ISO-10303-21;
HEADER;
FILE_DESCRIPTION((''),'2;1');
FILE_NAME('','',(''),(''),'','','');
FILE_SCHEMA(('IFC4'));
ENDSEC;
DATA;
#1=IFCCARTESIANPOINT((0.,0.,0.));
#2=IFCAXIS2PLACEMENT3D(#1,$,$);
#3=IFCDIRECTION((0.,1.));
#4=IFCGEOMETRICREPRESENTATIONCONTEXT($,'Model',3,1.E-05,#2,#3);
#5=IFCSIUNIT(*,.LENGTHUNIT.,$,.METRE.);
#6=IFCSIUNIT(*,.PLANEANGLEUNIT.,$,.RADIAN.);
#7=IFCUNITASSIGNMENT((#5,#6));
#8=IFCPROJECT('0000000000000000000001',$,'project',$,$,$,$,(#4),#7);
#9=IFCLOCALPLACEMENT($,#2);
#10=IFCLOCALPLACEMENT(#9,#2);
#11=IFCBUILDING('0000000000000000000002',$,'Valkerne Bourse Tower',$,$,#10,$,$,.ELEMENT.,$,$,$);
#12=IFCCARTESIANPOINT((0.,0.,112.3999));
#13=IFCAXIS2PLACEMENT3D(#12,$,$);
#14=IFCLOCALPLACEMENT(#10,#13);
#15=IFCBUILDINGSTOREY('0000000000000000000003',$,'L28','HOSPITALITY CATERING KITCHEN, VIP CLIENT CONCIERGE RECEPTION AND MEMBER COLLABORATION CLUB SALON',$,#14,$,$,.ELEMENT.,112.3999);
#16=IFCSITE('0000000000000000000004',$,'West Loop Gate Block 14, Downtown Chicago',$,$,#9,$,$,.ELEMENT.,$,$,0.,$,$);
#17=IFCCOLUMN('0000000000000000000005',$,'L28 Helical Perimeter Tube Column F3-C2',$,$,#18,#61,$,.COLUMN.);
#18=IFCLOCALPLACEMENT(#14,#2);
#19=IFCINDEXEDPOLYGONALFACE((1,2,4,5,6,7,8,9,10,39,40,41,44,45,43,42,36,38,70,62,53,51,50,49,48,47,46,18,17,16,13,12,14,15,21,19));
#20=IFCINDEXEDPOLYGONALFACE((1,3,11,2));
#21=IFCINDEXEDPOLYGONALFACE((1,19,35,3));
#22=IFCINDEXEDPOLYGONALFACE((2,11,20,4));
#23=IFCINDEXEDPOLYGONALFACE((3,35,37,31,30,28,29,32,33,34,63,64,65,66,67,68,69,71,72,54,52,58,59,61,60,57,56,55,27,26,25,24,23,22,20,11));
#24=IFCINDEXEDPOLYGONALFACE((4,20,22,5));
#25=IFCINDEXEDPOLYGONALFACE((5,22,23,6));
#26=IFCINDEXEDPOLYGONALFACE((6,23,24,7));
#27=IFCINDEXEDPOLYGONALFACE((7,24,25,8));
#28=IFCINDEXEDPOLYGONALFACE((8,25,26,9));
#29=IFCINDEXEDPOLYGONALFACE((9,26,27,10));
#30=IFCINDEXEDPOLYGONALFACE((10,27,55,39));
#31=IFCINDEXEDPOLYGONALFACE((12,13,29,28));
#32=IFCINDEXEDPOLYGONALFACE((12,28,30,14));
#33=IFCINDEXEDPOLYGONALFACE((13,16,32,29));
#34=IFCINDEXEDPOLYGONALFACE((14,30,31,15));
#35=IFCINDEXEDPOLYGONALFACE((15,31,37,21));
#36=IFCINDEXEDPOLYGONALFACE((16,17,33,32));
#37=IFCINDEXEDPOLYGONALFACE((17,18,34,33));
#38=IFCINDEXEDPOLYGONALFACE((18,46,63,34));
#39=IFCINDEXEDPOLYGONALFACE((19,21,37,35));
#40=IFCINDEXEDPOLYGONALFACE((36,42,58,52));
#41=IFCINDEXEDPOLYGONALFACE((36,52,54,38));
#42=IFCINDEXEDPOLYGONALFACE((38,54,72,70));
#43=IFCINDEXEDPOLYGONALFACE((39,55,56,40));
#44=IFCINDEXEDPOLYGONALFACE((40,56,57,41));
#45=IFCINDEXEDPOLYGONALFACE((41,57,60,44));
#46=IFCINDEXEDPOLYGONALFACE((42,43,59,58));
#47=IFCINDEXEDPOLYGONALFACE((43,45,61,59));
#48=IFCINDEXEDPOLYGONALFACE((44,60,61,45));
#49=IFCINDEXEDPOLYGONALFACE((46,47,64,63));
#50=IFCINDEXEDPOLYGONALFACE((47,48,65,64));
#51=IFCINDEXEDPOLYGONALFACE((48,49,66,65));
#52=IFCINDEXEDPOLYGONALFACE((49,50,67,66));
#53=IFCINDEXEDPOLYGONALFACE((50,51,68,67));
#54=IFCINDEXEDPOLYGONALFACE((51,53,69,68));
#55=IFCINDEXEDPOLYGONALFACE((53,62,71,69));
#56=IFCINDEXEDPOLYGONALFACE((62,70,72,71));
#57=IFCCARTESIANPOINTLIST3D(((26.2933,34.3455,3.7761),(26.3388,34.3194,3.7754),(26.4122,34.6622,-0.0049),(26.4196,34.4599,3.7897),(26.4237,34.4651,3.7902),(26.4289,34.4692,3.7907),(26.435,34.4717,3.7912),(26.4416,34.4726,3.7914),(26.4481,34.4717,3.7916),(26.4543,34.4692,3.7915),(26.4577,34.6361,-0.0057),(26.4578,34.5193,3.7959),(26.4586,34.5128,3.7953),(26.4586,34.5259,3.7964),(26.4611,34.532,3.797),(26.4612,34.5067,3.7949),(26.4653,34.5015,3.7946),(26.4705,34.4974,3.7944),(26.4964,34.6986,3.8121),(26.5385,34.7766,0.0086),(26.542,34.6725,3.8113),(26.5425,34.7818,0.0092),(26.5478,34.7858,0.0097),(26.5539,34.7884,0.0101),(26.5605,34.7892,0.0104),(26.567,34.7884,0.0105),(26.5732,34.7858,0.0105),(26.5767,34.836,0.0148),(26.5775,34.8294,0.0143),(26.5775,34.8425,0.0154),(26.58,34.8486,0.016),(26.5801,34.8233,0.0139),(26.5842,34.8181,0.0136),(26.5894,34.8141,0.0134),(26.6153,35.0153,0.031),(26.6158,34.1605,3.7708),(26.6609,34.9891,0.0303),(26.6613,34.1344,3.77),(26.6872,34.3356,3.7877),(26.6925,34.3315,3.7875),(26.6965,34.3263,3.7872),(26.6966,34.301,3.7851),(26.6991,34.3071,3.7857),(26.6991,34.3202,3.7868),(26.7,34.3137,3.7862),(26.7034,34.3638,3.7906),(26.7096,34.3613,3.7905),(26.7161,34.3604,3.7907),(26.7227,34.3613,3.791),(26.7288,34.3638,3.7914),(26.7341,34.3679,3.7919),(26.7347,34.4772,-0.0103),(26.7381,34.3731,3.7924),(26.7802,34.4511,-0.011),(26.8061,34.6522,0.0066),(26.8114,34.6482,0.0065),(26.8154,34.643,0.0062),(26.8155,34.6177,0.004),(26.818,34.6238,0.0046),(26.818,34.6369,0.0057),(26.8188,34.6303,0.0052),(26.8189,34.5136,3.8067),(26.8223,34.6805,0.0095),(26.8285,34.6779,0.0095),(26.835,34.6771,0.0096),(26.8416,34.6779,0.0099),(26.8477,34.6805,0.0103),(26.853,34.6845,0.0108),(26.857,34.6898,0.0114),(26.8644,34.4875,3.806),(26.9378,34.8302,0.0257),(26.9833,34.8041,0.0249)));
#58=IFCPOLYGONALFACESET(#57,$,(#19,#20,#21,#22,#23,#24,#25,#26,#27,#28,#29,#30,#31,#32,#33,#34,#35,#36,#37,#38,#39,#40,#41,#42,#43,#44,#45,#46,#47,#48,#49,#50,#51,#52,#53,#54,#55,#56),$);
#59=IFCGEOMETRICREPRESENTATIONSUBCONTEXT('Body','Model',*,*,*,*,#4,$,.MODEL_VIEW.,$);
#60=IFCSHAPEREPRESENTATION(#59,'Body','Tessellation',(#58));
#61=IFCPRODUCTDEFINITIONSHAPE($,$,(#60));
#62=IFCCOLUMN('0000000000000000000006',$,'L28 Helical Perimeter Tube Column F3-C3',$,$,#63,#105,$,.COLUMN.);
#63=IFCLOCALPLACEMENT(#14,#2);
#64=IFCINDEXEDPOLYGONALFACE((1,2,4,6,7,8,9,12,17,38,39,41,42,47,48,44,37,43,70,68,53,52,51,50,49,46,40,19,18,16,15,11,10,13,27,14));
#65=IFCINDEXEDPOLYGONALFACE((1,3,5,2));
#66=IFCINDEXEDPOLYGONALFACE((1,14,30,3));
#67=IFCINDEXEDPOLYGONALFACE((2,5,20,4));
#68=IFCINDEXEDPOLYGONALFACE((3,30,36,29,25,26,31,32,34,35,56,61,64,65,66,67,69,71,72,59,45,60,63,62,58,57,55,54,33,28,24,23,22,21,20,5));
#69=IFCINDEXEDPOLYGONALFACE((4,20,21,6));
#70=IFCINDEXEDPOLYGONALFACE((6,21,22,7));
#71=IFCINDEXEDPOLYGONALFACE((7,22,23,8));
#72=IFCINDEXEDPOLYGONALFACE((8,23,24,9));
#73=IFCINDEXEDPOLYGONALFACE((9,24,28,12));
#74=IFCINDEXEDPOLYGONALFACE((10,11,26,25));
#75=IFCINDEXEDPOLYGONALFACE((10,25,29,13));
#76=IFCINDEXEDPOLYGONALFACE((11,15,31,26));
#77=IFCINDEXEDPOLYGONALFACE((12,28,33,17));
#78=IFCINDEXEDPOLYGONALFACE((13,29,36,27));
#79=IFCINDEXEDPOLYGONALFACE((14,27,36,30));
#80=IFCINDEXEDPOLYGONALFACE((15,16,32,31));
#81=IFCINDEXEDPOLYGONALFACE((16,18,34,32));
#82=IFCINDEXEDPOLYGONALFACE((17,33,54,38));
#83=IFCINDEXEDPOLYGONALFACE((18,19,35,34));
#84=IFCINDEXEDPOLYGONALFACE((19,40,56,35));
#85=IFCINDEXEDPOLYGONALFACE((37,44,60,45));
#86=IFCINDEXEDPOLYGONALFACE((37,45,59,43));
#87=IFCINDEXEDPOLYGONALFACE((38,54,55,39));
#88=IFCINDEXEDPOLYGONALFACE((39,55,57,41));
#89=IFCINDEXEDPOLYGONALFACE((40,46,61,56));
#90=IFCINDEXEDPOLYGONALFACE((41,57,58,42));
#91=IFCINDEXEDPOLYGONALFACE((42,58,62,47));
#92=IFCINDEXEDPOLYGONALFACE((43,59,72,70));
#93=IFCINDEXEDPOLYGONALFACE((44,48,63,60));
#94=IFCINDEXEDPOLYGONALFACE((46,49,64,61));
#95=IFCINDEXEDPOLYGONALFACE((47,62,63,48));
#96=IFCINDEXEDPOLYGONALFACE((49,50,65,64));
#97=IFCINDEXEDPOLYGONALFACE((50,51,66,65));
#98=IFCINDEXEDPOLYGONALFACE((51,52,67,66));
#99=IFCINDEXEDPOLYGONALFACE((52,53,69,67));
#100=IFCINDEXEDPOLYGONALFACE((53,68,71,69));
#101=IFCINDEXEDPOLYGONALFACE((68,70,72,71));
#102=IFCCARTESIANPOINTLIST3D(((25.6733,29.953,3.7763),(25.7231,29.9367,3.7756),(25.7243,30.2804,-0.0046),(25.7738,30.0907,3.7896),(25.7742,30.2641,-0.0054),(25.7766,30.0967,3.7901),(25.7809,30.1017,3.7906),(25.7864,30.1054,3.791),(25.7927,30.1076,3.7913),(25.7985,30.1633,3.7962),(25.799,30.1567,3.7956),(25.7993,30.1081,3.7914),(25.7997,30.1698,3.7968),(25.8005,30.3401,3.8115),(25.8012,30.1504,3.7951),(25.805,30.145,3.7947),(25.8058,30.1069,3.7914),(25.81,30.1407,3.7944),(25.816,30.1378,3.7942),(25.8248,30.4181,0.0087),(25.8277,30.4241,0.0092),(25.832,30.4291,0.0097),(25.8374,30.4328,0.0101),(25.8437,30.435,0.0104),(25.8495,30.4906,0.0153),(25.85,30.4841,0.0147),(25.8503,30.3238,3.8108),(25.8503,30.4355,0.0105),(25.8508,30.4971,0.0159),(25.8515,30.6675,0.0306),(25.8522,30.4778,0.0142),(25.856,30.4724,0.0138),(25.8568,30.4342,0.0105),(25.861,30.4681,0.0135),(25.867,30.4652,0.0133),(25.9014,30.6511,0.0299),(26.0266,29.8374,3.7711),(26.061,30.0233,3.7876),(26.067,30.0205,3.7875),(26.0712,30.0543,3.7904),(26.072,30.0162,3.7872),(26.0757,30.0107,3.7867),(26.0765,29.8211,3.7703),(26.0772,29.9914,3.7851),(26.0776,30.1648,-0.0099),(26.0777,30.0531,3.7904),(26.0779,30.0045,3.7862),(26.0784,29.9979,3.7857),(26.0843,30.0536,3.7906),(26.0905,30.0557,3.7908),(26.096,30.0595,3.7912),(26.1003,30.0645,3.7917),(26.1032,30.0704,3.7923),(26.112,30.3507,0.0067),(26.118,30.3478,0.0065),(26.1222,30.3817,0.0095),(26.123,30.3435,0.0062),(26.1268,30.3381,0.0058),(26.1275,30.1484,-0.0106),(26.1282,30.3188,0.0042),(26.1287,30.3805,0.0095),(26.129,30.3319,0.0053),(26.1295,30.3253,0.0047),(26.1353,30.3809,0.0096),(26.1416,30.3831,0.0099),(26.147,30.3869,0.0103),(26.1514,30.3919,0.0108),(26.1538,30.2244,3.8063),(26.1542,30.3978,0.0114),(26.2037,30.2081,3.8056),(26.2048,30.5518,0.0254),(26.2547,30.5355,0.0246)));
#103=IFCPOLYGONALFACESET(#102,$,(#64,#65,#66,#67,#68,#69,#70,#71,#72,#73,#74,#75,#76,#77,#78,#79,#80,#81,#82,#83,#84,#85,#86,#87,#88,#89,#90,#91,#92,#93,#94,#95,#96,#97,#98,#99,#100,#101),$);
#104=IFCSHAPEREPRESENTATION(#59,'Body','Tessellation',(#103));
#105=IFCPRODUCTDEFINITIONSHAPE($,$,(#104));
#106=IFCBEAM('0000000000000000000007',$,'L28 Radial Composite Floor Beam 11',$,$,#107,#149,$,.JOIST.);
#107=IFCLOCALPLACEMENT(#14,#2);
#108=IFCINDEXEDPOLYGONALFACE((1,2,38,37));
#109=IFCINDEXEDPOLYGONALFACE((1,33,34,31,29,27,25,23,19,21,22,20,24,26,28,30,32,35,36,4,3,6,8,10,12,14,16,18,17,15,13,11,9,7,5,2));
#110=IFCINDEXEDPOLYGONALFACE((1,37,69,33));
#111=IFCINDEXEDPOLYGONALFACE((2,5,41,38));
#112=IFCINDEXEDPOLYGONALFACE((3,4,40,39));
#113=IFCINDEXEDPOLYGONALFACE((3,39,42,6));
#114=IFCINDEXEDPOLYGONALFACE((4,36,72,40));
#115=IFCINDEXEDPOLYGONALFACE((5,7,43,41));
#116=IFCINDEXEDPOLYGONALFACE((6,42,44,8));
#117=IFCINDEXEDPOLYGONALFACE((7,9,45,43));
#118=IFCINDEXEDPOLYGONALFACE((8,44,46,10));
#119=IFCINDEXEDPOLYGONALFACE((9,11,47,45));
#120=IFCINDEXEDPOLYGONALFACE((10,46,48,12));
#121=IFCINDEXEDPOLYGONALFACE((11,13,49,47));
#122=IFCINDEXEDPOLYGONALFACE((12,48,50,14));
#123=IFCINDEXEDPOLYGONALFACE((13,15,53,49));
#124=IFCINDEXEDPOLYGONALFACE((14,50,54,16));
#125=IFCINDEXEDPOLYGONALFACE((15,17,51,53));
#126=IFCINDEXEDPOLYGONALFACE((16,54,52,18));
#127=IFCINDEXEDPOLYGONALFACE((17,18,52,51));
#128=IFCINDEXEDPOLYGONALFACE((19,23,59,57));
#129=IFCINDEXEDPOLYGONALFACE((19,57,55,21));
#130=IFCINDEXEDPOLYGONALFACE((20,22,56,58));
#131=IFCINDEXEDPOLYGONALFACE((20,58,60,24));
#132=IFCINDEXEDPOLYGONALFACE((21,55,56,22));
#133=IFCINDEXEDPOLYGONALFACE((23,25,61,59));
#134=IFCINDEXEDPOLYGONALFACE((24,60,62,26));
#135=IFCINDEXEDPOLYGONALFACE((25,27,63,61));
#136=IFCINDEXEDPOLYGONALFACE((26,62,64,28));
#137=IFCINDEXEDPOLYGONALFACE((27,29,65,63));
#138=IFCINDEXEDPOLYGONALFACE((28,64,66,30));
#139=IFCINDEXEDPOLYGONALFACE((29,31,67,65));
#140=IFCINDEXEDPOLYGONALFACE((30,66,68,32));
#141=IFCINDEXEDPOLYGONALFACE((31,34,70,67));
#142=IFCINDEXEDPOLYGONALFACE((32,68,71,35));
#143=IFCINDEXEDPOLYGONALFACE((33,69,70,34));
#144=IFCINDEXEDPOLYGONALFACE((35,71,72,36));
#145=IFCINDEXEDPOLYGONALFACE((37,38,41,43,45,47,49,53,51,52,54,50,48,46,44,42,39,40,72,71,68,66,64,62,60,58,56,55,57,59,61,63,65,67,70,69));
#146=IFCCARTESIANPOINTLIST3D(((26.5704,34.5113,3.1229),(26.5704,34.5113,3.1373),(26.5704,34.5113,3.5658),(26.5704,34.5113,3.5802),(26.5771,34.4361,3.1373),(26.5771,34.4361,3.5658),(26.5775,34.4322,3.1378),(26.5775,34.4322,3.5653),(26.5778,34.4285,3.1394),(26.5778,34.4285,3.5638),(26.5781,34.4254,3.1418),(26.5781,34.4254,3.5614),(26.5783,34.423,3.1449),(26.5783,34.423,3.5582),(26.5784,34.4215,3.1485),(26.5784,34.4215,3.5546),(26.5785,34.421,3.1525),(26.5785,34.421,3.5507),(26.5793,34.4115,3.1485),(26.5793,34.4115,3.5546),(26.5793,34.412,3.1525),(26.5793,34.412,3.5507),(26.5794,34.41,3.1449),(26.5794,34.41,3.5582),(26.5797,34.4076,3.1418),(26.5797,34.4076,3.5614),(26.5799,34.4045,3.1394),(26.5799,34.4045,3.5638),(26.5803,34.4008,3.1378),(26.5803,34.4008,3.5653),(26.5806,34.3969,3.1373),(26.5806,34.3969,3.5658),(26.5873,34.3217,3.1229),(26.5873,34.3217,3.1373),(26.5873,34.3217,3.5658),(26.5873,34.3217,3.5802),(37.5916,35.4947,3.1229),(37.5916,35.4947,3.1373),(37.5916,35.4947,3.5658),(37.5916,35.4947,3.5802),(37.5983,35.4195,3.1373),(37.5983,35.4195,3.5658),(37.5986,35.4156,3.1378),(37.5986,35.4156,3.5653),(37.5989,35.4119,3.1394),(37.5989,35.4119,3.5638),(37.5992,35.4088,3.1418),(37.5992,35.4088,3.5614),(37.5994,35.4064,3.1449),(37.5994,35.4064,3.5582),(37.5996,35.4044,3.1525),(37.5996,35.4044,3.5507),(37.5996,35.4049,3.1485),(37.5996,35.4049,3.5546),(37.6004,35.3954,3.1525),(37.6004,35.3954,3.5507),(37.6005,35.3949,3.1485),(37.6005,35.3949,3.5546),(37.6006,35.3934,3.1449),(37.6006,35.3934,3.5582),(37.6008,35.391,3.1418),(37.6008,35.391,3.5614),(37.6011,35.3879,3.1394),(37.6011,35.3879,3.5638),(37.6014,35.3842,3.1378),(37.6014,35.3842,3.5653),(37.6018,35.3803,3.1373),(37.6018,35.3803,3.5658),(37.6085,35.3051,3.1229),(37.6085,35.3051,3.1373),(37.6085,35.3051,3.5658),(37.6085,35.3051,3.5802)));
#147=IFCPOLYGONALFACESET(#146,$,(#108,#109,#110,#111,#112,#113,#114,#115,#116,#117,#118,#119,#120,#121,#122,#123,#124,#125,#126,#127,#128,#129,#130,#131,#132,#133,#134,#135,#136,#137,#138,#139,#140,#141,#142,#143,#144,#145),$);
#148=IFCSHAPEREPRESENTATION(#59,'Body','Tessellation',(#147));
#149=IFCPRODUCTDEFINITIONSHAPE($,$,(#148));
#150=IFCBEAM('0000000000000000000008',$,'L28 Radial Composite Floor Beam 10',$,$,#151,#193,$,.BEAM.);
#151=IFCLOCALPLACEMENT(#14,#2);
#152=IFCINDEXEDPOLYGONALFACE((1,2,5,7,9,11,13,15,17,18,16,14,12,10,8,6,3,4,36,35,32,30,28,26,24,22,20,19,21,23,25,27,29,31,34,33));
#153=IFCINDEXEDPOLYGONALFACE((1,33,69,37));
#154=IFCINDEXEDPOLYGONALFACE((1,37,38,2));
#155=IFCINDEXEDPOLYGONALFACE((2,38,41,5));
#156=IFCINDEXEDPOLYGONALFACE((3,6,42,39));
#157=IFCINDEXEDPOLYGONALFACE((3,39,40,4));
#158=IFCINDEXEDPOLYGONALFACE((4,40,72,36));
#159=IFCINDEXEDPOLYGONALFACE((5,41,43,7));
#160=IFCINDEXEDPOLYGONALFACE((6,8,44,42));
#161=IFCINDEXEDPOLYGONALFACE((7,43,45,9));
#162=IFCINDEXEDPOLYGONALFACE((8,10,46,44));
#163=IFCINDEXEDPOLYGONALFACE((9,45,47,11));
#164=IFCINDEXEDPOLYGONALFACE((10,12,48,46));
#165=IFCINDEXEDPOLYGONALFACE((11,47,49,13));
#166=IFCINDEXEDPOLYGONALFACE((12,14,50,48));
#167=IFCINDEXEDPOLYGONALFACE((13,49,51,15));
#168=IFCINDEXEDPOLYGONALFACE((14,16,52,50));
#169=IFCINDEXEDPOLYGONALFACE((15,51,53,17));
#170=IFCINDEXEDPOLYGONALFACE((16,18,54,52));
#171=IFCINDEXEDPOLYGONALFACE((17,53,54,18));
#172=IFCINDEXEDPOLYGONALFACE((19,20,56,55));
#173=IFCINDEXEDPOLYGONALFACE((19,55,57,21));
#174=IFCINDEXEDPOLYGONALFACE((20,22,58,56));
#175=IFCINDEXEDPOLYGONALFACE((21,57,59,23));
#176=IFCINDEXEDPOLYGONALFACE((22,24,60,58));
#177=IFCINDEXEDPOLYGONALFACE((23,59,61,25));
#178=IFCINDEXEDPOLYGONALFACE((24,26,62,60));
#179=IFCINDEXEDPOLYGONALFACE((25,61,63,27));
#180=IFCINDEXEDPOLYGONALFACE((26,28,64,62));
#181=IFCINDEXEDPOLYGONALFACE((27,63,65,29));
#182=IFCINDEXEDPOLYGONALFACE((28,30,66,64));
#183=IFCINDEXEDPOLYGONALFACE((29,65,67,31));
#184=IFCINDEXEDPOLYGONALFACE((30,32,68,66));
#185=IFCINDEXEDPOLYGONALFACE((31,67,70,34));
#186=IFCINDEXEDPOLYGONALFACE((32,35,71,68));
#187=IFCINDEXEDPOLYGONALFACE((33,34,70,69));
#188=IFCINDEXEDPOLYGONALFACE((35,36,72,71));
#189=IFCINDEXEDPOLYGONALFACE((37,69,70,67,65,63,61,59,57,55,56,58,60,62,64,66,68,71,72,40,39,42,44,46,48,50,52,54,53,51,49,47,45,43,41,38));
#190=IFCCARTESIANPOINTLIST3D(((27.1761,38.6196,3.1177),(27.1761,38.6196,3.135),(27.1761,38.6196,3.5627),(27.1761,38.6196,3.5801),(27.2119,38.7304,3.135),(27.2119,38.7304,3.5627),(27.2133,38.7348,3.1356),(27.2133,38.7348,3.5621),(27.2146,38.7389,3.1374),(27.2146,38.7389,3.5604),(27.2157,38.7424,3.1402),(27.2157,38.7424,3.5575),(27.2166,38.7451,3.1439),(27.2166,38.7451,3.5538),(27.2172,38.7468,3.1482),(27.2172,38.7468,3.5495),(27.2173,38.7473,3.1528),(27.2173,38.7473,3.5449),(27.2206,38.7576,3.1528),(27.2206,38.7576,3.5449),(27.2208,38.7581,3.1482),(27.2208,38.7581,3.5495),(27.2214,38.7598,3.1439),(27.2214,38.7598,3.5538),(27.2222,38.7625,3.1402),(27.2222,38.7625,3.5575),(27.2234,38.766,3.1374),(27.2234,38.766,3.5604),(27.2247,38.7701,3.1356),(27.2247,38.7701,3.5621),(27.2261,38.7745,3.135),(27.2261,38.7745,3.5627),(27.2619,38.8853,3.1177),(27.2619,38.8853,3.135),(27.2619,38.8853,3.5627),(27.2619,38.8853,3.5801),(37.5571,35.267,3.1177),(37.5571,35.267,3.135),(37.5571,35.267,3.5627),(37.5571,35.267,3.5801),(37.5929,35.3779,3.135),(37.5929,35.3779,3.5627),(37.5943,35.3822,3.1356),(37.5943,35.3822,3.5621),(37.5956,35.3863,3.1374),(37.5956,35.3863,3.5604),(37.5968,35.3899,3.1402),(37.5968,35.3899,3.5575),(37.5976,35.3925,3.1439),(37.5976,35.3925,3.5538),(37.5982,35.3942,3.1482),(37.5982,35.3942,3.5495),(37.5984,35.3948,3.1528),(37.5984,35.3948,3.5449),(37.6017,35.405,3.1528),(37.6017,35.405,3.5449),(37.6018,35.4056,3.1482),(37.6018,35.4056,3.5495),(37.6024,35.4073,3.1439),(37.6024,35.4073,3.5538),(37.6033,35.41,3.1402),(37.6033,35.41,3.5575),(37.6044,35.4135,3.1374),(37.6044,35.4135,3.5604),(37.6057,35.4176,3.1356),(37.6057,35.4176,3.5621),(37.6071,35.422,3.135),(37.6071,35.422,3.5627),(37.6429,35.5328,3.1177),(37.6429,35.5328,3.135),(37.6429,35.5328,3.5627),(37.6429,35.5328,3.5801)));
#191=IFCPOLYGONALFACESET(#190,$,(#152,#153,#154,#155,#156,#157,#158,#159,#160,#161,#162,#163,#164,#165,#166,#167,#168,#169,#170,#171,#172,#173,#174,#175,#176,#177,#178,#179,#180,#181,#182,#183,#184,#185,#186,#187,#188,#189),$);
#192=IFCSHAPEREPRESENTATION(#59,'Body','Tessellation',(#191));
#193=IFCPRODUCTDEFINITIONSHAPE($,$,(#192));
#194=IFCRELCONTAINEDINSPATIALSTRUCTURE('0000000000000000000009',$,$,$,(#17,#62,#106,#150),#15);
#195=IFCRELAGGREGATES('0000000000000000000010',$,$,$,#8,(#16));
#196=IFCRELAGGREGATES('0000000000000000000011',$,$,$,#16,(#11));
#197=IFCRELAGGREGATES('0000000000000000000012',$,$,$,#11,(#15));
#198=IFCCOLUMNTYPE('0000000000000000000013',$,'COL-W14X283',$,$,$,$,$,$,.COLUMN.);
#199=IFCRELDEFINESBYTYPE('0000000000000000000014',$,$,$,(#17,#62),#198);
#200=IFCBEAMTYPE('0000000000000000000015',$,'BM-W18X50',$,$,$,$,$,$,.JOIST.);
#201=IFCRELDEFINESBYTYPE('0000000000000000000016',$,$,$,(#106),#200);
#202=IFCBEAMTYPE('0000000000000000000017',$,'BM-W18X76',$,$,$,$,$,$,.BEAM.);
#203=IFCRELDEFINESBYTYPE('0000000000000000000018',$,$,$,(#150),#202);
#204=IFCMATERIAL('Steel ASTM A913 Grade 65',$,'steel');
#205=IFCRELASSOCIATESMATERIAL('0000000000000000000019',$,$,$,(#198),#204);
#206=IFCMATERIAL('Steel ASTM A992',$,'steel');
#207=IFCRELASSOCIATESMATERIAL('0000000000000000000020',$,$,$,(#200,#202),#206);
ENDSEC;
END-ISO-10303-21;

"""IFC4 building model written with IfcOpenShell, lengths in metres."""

from ifc_helpers import new_model, si_unit, direction, frame, origin, origin_2d, place, context, subcontext, project, spatial, i_section, extrude, material, material_profile, profile_set, type_object, element, save


model = new_model("IFC4")

# Units and contexts
model_context = context("Model", 3, precision=1e-05, world=origin(), true_north=direction((0.0, 1.0)))
body_context = subcontext(model_context, "Body", "Model", "MODEL_VIEW")
ifc_project = project(units=[si_unit("LENGTHUNIT", "METRE"), si_unit("PLANEANGLEUNIT", "RADIAN")], contexts=[model_context])

# Site, building, storey
site_placement = place(None, origin())
site = spatial("IfcSite", under=ifc_project, at=site_placement, Name="West Loop Gate Block 14, Downtown Chicago", CompositionType="ELEMENT", RefElevation=0.0)
building_placement = place(site_placement, origin())
building = spatial("IfcBuilding", under=site, at=building_placement, Name="Valkerne Bourse Tower", CompositionType="ELEMENT")
storey_placement = place(building_placement, frame((0.0, 0.0, 112.3999)))
storey = spatial("IfcBuildingStorey", under=building, at=storey_placement, Name="L28", Description="HOSPITALITY CATERING KITCHEN, VIP CLIENT CONCIERGE RECEPTION AND MEMBER COLLABORATION CLUB SALON", CompositionType="ELEMENT", Elevation=112.3999)

# Columns
ifc_material_1 = material(Name="Steel ASTM A913 Grade 65", Category="steel")
ifc_material_profile_1 = material_profile(ifc_material_1, i_section(OverallWidth=0.4089, OverallDepth=0.4243, WebThickness=0.0327, FlangeThickness=0.0525, FilletRadius=0.0254, at=origin_2d()), Name="W14X283")
ifc_profile_set_1 = profile_set([ifc_material_profile_1], Name="Steel ASTM A913 Grade 65")
column_type = type_object("IfcColumnType", Name="COL-W14X283", PredefinedType="COLUMN", material=ifc_profile_set_1)
column_1_placement = place(storey_placement, frame((26.6978, 34.7332, 0.01), z_axis=(-0.031321, -0.083415, 0.996023), x_axis=(-0.496809, -0.863394, -0.08793)))
element("IfcColumn", 1, at=column_1_placement, inside=storey, type_object=column_type, Name="L28 Helical Perimeter Tube Column F3-C2", PredefinedType="COLUMN", context=body_context, shape_type="SweptSolid", body=[
    extrude(i_section(OverallWidth=0.4089, OverallDepth=0.4243, WebThickness=0.0327, FlangeThickness=0.0525, FilletRadius=0.0254, at=origin_2d()), origin(), (0.0, 0.0, 1.0), 3.7961),
])
column_2_placement = place(storey_placement, frame((25.9895, 30.408, 0.01), z_axis=(-0.013444, -0.086258, 0.996182), x_axis=(-0.311067, -0.946475, -0.086152)))
element("IfcColumn", 2, at=column_2_placement, inside=storey, type_object=column_type, Name="L28 Helical Perimeter Tube Column F3-C3", PredefinedType="COLUMN", context=body_context, shape_type="SweptSolid", body=[
    extrude(i_section(OverallWidth=0.4089, OverallDepth=0.4243, WebThickness=0.0327, FlangeThickness=0.0525, FilletRadius=0.0254, at=origin_2d()), origin(), (0.0, 0.0, 1.0), 3.7954),
])

# Beams
ifc_material_2 = material(Name="Steel ASTM A992", Category="steel")
ifc_material_profile_2 = material_profile(ifc_material_2, i_section(OverallWidth=0.1904, OverallDepth=0.4573, WebThickness=0.009, FlangeThickness=0.0144, FilletRadius=0.0151, at=origin_2d()), Name="W18X50")
ifc_profile_set_2 = profile_set([ifc_material_profile_2], Name="Steel ASTM A992")
beam_type_1 = type_object("IfcBeamType", Name="BM-W18X50", PredefinedType="JOIST", material=ifc_profile_set_2)
beam_1_placement = place(storey_placement, frame((26.5789, 34.4165, 3.3516), z_axis=(0.996043, 0.088874, 0.0), x_axis=(-0.088874, 0.996043, 0.0)))
element("IfcBeam", 3, at=beam_1_placement, inside=storey, type_object=beam_type_1, Name="L28 Radial Composite Floor Beam 11", PredefinedType="JOIST", context=body_context, shape_type="SweptSolid", body=[
    extrude(i_section(OverallWidth=0.1904, OverallDepth=0.4573, WebThickness=0.009, FlangeThickness=0.0144, FilletRadius=0.0151, at=origin_2d()), origin(), (0.0, 0.0, 1.0), 11.0649),
])
ifc_material_profile_3 = material_profile(ifc_material_2, i_section(OverallWidth=0.2793, OverallDepth=0.4624, WebThickness=0.0107, FlangeThickness=0.0173, FilletRadius=0.0178, at=origin_2d()), Name="W18X76")
ifc_profile_set_3 = profile_set([ifc_material_profile_3], Name="Steel ASTM A992")
beam_type_2 = type_object("IfcBeamType", Name="BM-W18X76", PredefinedType="BEAM", material=ifc_profile_set_3)
beam_2_placement = place(storey_placement, frame((27.219, 38.7524, 3.3489), z_axis=(0.951607, -0.307318, 0.0), x_axis=(0.307318, 0.951607, 0.0)))
element("IfcBeam", 4, at=beam_2_placement, inside=storey, type_object=beam_type_2, Name="L28 Radial Composite Floor Beam 10", PredefinedType="BEAM", context=body_context, shape_type="SweptSolid", body=[
    extrude(i_section(OverallWidth=0.2793, OverallDepth=0.4624, WebThickness=0.0107, FlangeThickness=0.0173, FilletRadius=0.0178, at=origin_2d()), origin(), (0.0, 0.0, 1.0), 10.9089),
])

save(model, "model.ifc")
